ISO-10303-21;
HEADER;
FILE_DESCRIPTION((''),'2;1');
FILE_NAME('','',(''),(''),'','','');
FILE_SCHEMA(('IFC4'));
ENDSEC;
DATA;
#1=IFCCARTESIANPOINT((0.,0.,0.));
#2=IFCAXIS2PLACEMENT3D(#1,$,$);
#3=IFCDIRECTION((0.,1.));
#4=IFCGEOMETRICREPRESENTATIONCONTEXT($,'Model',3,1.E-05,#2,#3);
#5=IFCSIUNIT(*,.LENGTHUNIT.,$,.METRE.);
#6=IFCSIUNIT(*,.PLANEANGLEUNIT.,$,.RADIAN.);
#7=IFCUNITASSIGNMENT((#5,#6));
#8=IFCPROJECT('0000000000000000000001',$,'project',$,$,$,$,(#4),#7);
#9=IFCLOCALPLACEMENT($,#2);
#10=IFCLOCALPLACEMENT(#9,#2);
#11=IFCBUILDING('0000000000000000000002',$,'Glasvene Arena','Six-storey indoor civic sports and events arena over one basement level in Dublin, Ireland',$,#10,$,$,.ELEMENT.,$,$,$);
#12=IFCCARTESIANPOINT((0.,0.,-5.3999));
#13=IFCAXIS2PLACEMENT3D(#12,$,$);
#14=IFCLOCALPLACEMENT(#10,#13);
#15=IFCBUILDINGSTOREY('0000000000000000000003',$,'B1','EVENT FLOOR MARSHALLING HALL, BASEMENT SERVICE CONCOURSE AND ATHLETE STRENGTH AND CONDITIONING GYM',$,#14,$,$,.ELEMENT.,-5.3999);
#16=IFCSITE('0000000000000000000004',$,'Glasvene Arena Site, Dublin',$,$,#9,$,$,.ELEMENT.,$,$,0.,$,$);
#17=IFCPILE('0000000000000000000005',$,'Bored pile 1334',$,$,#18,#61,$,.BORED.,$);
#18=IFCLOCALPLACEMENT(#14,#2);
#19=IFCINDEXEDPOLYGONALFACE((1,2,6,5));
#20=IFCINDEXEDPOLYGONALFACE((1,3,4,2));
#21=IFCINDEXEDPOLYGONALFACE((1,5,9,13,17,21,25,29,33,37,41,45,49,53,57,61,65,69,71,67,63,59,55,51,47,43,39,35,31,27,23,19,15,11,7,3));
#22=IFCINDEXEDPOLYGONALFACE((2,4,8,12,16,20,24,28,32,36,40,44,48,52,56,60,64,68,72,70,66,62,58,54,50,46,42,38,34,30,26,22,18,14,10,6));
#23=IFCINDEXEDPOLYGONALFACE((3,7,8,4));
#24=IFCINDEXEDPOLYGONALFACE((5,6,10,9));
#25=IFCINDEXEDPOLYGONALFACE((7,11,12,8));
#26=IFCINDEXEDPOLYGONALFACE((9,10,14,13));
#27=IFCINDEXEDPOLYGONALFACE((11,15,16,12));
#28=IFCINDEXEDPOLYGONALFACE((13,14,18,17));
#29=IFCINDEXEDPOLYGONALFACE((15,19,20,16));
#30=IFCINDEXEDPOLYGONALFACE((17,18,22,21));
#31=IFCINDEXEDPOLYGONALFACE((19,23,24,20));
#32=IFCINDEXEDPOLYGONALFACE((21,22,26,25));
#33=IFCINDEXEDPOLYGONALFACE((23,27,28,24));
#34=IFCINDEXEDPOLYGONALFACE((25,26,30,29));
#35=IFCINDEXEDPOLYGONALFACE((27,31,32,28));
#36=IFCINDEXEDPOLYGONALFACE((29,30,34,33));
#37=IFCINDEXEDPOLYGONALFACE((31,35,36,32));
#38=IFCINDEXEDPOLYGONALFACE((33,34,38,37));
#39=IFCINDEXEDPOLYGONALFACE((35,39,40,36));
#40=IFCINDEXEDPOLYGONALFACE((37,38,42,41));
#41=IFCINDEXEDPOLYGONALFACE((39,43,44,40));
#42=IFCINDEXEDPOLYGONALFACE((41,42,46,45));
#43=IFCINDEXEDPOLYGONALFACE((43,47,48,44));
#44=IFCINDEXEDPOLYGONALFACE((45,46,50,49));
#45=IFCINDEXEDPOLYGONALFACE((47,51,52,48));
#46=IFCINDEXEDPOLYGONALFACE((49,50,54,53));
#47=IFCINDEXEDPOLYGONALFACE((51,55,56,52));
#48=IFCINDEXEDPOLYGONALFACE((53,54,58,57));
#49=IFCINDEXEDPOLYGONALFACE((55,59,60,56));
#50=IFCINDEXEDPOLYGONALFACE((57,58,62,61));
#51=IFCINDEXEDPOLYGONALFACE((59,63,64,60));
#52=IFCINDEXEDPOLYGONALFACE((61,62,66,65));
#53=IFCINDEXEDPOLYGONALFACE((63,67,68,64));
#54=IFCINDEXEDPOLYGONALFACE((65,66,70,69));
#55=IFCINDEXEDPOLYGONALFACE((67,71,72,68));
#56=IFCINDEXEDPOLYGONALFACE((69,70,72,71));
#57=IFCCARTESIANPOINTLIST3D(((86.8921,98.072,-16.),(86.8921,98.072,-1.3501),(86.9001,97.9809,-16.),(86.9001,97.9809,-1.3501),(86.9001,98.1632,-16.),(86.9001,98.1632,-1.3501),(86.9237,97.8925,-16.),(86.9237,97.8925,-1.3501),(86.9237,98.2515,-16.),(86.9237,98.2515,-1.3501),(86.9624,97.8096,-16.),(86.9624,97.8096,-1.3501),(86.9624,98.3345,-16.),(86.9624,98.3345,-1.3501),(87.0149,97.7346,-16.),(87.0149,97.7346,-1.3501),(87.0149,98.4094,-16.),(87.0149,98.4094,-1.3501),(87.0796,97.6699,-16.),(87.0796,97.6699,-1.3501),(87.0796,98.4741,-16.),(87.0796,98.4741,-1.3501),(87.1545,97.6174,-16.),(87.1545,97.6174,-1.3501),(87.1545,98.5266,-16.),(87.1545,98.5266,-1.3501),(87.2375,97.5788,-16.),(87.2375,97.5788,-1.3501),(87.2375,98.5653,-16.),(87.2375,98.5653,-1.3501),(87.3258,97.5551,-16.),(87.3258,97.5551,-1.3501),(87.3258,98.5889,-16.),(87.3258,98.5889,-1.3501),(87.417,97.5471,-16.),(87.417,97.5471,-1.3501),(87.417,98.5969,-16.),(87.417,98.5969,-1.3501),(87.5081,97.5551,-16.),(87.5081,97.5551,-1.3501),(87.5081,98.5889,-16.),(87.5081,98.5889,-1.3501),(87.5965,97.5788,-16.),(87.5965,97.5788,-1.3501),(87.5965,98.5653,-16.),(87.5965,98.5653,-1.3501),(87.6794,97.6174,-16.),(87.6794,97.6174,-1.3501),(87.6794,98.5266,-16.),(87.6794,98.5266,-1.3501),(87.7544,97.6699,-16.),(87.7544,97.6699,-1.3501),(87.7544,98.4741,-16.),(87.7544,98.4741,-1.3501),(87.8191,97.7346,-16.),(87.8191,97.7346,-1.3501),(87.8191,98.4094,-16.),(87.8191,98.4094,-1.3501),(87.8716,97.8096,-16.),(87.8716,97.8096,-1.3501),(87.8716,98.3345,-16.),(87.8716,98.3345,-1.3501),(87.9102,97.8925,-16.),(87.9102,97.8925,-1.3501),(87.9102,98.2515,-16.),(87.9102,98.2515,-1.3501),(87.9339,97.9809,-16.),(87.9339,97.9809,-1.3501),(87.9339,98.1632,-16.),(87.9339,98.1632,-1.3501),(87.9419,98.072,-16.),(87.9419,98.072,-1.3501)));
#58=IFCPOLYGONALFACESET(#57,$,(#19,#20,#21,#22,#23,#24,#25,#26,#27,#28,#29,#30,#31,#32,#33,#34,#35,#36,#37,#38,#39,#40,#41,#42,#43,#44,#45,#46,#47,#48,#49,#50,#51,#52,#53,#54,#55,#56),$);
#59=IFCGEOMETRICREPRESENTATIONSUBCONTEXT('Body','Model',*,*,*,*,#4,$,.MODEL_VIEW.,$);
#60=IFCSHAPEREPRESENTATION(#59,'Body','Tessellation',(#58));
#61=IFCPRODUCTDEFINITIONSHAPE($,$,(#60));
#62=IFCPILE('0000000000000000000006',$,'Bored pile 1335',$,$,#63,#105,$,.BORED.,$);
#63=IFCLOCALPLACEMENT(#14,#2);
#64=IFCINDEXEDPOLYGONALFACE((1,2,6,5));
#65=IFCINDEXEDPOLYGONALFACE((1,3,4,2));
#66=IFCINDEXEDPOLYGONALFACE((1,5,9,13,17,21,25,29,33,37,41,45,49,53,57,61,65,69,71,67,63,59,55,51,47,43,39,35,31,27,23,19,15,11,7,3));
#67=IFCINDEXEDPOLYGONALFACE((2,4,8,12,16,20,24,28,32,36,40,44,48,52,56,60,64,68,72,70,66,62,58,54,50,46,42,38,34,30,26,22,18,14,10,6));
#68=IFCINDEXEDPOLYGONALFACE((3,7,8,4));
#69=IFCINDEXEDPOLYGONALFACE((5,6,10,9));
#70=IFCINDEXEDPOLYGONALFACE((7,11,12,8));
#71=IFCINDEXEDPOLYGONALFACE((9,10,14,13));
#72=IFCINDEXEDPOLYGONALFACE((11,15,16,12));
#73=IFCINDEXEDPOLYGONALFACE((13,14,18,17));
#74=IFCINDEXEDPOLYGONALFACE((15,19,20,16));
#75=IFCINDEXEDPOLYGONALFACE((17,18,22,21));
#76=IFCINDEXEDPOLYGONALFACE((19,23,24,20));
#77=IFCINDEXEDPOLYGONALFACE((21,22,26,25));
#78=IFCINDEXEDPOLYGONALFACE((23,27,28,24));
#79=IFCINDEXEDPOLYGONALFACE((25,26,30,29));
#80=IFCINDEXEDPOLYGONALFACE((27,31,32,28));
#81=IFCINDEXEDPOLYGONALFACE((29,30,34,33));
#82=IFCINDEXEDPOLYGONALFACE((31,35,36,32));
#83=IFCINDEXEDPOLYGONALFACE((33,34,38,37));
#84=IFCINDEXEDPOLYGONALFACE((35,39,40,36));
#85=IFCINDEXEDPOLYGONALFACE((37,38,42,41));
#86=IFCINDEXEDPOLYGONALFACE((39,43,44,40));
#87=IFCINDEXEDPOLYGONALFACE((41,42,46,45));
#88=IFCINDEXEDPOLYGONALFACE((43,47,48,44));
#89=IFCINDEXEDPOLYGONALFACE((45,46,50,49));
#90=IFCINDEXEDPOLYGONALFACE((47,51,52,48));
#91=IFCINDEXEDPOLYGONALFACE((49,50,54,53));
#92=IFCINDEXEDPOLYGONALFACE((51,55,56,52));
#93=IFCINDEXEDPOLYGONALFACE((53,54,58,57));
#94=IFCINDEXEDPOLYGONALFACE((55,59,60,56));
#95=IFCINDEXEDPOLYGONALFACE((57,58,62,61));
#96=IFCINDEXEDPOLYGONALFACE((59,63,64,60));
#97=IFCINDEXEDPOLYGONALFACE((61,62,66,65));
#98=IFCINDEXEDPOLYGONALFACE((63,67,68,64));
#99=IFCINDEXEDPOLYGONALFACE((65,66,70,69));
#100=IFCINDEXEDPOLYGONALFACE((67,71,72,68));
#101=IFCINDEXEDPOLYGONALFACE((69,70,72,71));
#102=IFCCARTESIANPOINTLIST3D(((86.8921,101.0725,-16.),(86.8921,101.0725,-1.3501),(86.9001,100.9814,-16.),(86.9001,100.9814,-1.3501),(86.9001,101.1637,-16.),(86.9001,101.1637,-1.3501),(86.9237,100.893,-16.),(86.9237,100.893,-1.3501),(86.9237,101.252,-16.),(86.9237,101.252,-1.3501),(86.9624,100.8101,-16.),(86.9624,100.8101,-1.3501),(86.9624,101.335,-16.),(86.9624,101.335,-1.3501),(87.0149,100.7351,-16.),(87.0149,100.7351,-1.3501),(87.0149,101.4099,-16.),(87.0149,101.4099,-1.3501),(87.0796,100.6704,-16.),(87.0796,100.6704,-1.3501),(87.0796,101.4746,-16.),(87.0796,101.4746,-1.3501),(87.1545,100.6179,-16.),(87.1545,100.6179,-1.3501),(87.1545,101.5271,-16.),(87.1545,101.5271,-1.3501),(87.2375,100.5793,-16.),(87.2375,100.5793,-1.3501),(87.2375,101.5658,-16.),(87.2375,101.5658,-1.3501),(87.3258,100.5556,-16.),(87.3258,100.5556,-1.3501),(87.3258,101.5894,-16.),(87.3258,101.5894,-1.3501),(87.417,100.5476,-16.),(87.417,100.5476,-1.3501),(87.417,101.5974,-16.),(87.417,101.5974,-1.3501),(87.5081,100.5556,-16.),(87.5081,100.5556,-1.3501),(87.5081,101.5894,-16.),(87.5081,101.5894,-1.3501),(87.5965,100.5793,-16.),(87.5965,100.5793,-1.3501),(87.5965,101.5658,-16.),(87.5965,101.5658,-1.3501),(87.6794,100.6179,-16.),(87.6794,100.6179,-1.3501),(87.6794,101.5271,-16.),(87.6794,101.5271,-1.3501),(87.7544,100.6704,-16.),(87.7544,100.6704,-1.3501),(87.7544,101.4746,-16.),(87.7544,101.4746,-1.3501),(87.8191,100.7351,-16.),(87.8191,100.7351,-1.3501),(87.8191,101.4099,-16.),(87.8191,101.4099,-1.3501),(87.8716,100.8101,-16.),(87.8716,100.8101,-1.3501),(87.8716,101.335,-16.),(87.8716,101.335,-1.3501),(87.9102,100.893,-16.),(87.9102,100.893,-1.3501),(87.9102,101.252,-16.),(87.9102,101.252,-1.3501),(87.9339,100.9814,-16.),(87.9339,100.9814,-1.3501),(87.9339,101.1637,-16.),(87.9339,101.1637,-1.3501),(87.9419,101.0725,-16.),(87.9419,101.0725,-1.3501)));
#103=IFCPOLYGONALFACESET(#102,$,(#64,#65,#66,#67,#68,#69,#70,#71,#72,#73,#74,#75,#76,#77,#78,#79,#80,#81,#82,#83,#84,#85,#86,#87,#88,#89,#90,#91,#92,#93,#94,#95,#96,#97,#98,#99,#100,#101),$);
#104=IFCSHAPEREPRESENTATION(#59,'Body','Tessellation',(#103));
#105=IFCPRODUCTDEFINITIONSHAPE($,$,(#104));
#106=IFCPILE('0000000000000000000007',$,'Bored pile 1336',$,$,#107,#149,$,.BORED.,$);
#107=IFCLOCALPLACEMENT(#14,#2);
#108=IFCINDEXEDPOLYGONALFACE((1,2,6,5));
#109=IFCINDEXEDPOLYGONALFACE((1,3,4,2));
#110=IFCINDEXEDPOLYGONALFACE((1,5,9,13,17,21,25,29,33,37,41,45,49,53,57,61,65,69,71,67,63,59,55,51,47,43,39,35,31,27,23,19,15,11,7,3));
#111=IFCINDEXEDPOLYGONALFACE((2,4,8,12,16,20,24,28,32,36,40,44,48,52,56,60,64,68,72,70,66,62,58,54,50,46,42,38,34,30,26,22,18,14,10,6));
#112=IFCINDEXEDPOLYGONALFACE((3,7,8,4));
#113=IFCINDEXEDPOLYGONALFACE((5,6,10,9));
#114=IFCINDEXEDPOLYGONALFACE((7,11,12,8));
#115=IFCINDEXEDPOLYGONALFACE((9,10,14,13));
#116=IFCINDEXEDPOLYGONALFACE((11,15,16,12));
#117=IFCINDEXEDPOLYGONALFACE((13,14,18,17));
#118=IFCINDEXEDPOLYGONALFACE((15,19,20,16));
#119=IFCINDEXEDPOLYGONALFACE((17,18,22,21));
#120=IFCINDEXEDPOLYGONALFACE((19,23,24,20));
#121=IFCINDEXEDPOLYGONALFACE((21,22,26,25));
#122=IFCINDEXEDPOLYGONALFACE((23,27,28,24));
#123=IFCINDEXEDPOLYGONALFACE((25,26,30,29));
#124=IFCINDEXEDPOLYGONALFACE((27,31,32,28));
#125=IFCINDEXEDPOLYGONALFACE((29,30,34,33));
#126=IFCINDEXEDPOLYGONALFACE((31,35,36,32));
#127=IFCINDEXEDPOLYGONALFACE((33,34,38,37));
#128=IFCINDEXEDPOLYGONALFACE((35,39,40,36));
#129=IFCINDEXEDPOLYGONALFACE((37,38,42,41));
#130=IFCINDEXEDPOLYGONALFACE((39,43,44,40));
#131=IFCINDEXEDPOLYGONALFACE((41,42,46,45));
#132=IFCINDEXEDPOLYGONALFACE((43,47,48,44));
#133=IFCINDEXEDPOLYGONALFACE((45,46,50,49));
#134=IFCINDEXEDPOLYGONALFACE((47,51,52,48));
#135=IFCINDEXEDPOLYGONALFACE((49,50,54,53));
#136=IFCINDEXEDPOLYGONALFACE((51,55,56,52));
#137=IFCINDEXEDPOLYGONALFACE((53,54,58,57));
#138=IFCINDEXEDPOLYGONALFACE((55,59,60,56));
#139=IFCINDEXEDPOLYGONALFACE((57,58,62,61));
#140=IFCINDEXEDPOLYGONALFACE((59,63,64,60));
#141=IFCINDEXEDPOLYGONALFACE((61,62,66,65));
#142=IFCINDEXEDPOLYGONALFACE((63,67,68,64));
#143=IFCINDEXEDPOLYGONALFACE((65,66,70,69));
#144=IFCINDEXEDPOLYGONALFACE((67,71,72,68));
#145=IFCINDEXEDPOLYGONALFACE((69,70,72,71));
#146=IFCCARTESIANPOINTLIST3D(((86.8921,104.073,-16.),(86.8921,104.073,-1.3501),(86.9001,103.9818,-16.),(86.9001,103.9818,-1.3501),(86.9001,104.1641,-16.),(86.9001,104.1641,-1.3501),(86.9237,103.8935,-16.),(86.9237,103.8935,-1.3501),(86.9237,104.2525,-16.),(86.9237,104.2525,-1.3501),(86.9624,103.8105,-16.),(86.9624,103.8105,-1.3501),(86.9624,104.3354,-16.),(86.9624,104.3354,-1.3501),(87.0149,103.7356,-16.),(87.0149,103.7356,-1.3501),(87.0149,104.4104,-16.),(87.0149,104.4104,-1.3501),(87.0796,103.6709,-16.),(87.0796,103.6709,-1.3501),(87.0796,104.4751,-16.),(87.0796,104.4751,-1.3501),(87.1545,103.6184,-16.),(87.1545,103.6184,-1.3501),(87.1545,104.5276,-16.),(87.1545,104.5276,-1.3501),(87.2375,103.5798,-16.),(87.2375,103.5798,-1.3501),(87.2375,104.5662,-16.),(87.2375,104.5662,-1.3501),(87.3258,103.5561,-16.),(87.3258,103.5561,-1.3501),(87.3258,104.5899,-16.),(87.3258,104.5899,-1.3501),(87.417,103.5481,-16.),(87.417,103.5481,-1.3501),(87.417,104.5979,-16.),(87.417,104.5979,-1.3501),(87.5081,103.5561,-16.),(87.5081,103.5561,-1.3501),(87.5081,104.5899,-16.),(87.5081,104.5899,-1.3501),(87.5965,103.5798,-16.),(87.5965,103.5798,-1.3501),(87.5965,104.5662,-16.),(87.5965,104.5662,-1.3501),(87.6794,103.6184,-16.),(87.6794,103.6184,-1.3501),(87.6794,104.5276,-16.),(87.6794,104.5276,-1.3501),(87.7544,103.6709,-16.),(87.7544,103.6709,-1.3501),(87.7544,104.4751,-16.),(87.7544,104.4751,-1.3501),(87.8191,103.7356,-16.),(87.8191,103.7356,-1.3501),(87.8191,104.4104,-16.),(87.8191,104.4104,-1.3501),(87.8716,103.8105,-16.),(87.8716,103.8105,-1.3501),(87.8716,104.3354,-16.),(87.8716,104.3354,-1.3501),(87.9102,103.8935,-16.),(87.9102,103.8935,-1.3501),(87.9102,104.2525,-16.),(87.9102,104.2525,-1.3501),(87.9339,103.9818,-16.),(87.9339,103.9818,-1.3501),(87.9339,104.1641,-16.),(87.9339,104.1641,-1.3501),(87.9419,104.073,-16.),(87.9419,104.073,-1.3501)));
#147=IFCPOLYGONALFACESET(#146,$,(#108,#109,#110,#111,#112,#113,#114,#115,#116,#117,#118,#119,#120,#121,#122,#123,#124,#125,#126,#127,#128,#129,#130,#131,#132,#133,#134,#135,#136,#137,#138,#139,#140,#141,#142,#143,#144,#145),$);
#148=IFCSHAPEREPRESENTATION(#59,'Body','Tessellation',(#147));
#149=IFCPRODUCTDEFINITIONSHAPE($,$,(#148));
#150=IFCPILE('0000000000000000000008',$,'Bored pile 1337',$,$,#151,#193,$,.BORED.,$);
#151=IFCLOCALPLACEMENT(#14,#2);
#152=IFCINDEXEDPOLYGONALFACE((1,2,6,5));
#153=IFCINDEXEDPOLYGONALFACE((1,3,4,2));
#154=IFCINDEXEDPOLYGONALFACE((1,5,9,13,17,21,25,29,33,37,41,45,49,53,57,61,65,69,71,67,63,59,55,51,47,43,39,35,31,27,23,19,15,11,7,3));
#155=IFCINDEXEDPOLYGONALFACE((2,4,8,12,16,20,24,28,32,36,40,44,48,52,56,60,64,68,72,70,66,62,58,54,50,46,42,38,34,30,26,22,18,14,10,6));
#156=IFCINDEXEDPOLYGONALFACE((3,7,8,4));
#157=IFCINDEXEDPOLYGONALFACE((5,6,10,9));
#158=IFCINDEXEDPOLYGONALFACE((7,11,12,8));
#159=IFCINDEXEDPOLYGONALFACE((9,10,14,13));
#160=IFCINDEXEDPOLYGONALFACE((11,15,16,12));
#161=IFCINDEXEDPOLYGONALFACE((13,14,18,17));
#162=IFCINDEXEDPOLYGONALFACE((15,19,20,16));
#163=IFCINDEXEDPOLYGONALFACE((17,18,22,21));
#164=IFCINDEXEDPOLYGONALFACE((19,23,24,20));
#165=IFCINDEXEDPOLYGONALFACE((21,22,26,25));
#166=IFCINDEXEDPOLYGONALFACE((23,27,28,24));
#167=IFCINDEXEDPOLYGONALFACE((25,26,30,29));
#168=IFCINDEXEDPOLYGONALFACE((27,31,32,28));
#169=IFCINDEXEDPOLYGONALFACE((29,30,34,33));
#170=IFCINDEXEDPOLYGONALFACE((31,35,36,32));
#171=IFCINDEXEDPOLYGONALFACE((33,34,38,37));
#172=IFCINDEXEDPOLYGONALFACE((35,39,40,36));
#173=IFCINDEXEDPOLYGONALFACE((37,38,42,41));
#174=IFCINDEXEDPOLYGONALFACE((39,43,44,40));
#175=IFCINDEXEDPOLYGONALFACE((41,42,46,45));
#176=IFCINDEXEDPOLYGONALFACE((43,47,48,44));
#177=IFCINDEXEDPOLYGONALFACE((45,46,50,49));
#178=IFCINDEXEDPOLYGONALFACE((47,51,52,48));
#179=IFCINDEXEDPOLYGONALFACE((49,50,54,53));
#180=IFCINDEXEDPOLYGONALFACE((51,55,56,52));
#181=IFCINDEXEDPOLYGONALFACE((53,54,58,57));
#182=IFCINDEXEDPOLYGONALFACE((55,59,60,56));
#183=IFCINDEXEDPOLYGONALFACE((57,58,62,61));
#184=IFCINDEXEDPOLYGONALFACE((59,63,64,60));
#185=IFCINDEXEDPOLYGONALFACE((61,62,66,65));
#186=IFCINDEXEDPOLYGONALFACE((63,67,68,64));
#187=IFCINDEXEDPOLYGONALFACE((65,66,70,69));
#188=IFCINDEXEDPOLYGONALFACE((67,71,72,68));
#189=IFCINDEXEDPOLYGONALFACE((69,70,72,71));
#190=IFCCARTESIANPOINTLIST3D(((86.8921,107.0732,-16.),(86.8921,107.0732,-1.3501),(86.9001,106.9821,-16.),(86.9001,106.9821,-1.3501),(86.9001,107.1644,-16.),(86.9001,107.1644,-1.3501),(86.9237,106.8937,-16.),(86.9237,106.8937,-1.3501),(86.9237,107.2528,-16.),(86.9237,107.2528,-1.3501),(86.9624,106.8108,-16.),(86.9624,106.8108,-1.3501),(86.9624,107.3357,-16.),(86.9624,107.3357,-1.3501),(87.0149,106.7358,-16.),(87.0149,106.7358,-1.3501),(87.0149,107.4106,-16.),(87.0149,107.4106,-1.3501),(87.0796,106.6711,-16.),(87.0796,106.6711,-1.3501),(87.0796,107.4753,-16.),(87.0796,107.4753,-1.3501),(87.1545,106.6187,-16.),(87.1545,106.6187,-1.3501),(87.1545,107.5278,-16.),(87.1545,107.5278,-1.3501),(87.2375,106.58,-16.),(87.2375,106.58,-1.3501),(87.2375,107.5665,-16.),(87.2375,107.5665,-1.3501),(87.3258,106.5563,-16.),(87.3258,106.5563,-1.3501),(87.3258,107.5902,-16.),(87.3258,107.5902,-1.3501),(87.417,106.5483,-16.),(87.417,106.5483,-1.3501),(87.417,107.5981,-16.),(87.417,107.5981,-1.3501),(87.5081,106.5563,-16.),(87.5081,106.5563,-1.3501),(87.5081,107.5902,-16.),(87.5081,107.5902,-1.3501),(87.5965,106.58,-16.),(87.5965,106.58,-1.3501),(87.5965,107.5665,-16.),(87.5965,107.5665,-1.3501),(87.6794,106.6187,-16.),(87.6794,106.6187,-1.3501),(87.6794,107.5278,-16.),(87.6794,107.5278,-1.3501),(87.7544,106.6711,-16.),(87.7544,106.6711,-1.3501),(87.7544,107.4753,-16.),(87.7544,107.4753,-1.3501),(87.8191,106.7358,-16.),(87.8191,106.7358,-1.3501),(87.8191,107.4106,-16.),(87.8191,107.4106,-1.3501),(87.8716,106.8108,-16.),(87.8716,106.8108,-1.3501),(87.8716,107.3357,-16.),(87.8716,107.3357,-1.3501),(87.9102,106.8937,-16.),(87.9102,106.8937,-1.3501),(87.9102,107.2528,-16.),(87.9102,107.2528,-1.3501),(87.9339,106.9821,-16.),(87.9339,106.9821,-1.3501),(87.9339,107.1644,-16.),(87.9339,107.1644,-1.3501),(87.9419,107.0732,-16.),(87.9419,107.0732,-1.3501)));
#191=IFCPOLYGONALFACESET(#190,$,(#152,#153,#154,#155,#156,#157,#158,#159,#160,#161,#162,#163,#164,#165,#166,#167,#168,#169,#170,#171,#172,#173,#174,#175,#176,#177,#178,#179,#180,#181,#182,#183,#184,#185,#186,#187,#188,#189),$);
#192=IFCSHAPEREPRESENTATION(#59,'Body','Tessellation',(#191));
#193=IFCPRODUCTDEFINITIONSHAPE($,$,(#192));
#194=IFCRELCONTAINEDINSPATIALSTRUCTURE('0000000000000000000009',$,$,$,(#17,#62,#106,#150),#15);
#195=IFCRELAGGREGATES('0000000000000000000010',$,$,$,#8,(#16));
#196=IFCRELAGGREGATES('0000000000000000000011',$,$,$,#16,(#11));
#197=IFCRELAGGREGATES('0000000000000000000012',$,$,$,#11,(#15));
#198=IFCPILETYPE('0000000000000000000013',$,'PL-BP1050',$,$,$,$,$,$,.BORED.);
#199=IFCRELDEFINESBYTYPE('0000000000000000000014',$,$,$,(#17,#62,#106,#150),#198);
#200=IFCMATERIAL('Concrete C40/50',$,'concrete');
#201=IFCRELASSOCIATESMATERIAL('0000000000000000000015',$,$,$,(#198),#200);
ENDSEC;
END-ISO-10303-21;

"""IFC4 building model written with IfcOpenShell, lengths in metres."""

from ifc_helpers import new_model, si_unit, direction, frame, origin, origin_2d, place, context, subcontext, project, spatial, circle, extrude, material, material_profile, profile_set, type_object, element, save


model = new_model("IFC4")

# Units and contexts
model_context = context("Model", 3, precision=1e-05, world=origin(), true_north=direction((0.0, 1.0)))
body_context = subcontext(model_context, "Body", "Model", "MODEL_VIEW")
ifc_project = project(units=[si_unit("LENGTHUNIT", "METRE"), si_unit("PLANEANGLEUNIT", "RADIAN")], contexts=[model_context])

# Site, building, storey
site_placement = place(None, origin())
site = spatial("IfcSite", under=ifc_project, at=site_placement, Name="Glasvene Arena Site, Dublin", CompositionType="ELEMENT", RefElevation=0.0)
building_placement = place(site_placement, origin())
building = spatial("IfcBuilding", under=site, at=building_placement, Name="Glasvene Arena", Description="Six-storey indoor civic sports and events arena over one basement level in Dublin, Ireland", CompositionType="ELEMENT")
storey_placement = place(building_placement, frame((0.0, 0.0, -5.3999)))
storey = spatial("IfcBuildingStorey", under=building, at=storey_placement, Name="B1", Description="EVENT FLOOR MARSHALLING HALL, BASEMENT SERVICE CONCOURSE AND ATHLETE STRENGTH AND CONDITIONING GYM", CompositionType="ELEMENT", Elevation=-5.3999)

# Piles
ifc_material_1 = material(Name="Concrete C40/50", Category="concrete")
ifc_material_profile_1 = material_profile(ifc_material_1, circle(Radius=0.5249, at=origin_2d()), Name="BORED PILE 1050")
ifc_profile_set_1 = profile_set([ifc_material_profile_1], Name="Concrete C40/50")
pile_type_1 = type_object("IfcPileType", Name="PL-BP1050", PredefinedType="BORED", material=ifc_profile_set_1)
for number, where, z_axis, x_axis, name in (
    (1, (87.417, 98.072, -1.3501), (0.0, 0.0, -1.0), (1.0, 0.0, 0.0), "Bored pile 1334"),
    (2, (87.417, 101.0725, -1.3501), (0.0, 0.0, -1.0), (1.0, 0.0, 0.0), "Bored pile 1335"),
    (3, (87.417, 104.073, -1.3501), (0.0, 0.0, -1.0), (1.0, 0.0, 0.0), "Bored pile 1336"),
    (4, (87.417, 107.0732, -1.3501), (0.0, 0.0, -1.0), (1.0, 0.0, 0.0), "Bored pile 1337"),
):
    element("IfcPile", number, at=place(storey_placement, frame(where, z_axis=z_axis, x_axis=x_axis)), inside=storey, type_object=pile_type_1, Name=name, PredefinedType="BORED", context=body_context, shape_type="SweptSolid", body=[
        extrude(circle(Radius=0.5249, at=origin_2d()), origin(), (0.0, 0.0, 1.0), 14.6499),
    ])

save(model, "model.ifc")
